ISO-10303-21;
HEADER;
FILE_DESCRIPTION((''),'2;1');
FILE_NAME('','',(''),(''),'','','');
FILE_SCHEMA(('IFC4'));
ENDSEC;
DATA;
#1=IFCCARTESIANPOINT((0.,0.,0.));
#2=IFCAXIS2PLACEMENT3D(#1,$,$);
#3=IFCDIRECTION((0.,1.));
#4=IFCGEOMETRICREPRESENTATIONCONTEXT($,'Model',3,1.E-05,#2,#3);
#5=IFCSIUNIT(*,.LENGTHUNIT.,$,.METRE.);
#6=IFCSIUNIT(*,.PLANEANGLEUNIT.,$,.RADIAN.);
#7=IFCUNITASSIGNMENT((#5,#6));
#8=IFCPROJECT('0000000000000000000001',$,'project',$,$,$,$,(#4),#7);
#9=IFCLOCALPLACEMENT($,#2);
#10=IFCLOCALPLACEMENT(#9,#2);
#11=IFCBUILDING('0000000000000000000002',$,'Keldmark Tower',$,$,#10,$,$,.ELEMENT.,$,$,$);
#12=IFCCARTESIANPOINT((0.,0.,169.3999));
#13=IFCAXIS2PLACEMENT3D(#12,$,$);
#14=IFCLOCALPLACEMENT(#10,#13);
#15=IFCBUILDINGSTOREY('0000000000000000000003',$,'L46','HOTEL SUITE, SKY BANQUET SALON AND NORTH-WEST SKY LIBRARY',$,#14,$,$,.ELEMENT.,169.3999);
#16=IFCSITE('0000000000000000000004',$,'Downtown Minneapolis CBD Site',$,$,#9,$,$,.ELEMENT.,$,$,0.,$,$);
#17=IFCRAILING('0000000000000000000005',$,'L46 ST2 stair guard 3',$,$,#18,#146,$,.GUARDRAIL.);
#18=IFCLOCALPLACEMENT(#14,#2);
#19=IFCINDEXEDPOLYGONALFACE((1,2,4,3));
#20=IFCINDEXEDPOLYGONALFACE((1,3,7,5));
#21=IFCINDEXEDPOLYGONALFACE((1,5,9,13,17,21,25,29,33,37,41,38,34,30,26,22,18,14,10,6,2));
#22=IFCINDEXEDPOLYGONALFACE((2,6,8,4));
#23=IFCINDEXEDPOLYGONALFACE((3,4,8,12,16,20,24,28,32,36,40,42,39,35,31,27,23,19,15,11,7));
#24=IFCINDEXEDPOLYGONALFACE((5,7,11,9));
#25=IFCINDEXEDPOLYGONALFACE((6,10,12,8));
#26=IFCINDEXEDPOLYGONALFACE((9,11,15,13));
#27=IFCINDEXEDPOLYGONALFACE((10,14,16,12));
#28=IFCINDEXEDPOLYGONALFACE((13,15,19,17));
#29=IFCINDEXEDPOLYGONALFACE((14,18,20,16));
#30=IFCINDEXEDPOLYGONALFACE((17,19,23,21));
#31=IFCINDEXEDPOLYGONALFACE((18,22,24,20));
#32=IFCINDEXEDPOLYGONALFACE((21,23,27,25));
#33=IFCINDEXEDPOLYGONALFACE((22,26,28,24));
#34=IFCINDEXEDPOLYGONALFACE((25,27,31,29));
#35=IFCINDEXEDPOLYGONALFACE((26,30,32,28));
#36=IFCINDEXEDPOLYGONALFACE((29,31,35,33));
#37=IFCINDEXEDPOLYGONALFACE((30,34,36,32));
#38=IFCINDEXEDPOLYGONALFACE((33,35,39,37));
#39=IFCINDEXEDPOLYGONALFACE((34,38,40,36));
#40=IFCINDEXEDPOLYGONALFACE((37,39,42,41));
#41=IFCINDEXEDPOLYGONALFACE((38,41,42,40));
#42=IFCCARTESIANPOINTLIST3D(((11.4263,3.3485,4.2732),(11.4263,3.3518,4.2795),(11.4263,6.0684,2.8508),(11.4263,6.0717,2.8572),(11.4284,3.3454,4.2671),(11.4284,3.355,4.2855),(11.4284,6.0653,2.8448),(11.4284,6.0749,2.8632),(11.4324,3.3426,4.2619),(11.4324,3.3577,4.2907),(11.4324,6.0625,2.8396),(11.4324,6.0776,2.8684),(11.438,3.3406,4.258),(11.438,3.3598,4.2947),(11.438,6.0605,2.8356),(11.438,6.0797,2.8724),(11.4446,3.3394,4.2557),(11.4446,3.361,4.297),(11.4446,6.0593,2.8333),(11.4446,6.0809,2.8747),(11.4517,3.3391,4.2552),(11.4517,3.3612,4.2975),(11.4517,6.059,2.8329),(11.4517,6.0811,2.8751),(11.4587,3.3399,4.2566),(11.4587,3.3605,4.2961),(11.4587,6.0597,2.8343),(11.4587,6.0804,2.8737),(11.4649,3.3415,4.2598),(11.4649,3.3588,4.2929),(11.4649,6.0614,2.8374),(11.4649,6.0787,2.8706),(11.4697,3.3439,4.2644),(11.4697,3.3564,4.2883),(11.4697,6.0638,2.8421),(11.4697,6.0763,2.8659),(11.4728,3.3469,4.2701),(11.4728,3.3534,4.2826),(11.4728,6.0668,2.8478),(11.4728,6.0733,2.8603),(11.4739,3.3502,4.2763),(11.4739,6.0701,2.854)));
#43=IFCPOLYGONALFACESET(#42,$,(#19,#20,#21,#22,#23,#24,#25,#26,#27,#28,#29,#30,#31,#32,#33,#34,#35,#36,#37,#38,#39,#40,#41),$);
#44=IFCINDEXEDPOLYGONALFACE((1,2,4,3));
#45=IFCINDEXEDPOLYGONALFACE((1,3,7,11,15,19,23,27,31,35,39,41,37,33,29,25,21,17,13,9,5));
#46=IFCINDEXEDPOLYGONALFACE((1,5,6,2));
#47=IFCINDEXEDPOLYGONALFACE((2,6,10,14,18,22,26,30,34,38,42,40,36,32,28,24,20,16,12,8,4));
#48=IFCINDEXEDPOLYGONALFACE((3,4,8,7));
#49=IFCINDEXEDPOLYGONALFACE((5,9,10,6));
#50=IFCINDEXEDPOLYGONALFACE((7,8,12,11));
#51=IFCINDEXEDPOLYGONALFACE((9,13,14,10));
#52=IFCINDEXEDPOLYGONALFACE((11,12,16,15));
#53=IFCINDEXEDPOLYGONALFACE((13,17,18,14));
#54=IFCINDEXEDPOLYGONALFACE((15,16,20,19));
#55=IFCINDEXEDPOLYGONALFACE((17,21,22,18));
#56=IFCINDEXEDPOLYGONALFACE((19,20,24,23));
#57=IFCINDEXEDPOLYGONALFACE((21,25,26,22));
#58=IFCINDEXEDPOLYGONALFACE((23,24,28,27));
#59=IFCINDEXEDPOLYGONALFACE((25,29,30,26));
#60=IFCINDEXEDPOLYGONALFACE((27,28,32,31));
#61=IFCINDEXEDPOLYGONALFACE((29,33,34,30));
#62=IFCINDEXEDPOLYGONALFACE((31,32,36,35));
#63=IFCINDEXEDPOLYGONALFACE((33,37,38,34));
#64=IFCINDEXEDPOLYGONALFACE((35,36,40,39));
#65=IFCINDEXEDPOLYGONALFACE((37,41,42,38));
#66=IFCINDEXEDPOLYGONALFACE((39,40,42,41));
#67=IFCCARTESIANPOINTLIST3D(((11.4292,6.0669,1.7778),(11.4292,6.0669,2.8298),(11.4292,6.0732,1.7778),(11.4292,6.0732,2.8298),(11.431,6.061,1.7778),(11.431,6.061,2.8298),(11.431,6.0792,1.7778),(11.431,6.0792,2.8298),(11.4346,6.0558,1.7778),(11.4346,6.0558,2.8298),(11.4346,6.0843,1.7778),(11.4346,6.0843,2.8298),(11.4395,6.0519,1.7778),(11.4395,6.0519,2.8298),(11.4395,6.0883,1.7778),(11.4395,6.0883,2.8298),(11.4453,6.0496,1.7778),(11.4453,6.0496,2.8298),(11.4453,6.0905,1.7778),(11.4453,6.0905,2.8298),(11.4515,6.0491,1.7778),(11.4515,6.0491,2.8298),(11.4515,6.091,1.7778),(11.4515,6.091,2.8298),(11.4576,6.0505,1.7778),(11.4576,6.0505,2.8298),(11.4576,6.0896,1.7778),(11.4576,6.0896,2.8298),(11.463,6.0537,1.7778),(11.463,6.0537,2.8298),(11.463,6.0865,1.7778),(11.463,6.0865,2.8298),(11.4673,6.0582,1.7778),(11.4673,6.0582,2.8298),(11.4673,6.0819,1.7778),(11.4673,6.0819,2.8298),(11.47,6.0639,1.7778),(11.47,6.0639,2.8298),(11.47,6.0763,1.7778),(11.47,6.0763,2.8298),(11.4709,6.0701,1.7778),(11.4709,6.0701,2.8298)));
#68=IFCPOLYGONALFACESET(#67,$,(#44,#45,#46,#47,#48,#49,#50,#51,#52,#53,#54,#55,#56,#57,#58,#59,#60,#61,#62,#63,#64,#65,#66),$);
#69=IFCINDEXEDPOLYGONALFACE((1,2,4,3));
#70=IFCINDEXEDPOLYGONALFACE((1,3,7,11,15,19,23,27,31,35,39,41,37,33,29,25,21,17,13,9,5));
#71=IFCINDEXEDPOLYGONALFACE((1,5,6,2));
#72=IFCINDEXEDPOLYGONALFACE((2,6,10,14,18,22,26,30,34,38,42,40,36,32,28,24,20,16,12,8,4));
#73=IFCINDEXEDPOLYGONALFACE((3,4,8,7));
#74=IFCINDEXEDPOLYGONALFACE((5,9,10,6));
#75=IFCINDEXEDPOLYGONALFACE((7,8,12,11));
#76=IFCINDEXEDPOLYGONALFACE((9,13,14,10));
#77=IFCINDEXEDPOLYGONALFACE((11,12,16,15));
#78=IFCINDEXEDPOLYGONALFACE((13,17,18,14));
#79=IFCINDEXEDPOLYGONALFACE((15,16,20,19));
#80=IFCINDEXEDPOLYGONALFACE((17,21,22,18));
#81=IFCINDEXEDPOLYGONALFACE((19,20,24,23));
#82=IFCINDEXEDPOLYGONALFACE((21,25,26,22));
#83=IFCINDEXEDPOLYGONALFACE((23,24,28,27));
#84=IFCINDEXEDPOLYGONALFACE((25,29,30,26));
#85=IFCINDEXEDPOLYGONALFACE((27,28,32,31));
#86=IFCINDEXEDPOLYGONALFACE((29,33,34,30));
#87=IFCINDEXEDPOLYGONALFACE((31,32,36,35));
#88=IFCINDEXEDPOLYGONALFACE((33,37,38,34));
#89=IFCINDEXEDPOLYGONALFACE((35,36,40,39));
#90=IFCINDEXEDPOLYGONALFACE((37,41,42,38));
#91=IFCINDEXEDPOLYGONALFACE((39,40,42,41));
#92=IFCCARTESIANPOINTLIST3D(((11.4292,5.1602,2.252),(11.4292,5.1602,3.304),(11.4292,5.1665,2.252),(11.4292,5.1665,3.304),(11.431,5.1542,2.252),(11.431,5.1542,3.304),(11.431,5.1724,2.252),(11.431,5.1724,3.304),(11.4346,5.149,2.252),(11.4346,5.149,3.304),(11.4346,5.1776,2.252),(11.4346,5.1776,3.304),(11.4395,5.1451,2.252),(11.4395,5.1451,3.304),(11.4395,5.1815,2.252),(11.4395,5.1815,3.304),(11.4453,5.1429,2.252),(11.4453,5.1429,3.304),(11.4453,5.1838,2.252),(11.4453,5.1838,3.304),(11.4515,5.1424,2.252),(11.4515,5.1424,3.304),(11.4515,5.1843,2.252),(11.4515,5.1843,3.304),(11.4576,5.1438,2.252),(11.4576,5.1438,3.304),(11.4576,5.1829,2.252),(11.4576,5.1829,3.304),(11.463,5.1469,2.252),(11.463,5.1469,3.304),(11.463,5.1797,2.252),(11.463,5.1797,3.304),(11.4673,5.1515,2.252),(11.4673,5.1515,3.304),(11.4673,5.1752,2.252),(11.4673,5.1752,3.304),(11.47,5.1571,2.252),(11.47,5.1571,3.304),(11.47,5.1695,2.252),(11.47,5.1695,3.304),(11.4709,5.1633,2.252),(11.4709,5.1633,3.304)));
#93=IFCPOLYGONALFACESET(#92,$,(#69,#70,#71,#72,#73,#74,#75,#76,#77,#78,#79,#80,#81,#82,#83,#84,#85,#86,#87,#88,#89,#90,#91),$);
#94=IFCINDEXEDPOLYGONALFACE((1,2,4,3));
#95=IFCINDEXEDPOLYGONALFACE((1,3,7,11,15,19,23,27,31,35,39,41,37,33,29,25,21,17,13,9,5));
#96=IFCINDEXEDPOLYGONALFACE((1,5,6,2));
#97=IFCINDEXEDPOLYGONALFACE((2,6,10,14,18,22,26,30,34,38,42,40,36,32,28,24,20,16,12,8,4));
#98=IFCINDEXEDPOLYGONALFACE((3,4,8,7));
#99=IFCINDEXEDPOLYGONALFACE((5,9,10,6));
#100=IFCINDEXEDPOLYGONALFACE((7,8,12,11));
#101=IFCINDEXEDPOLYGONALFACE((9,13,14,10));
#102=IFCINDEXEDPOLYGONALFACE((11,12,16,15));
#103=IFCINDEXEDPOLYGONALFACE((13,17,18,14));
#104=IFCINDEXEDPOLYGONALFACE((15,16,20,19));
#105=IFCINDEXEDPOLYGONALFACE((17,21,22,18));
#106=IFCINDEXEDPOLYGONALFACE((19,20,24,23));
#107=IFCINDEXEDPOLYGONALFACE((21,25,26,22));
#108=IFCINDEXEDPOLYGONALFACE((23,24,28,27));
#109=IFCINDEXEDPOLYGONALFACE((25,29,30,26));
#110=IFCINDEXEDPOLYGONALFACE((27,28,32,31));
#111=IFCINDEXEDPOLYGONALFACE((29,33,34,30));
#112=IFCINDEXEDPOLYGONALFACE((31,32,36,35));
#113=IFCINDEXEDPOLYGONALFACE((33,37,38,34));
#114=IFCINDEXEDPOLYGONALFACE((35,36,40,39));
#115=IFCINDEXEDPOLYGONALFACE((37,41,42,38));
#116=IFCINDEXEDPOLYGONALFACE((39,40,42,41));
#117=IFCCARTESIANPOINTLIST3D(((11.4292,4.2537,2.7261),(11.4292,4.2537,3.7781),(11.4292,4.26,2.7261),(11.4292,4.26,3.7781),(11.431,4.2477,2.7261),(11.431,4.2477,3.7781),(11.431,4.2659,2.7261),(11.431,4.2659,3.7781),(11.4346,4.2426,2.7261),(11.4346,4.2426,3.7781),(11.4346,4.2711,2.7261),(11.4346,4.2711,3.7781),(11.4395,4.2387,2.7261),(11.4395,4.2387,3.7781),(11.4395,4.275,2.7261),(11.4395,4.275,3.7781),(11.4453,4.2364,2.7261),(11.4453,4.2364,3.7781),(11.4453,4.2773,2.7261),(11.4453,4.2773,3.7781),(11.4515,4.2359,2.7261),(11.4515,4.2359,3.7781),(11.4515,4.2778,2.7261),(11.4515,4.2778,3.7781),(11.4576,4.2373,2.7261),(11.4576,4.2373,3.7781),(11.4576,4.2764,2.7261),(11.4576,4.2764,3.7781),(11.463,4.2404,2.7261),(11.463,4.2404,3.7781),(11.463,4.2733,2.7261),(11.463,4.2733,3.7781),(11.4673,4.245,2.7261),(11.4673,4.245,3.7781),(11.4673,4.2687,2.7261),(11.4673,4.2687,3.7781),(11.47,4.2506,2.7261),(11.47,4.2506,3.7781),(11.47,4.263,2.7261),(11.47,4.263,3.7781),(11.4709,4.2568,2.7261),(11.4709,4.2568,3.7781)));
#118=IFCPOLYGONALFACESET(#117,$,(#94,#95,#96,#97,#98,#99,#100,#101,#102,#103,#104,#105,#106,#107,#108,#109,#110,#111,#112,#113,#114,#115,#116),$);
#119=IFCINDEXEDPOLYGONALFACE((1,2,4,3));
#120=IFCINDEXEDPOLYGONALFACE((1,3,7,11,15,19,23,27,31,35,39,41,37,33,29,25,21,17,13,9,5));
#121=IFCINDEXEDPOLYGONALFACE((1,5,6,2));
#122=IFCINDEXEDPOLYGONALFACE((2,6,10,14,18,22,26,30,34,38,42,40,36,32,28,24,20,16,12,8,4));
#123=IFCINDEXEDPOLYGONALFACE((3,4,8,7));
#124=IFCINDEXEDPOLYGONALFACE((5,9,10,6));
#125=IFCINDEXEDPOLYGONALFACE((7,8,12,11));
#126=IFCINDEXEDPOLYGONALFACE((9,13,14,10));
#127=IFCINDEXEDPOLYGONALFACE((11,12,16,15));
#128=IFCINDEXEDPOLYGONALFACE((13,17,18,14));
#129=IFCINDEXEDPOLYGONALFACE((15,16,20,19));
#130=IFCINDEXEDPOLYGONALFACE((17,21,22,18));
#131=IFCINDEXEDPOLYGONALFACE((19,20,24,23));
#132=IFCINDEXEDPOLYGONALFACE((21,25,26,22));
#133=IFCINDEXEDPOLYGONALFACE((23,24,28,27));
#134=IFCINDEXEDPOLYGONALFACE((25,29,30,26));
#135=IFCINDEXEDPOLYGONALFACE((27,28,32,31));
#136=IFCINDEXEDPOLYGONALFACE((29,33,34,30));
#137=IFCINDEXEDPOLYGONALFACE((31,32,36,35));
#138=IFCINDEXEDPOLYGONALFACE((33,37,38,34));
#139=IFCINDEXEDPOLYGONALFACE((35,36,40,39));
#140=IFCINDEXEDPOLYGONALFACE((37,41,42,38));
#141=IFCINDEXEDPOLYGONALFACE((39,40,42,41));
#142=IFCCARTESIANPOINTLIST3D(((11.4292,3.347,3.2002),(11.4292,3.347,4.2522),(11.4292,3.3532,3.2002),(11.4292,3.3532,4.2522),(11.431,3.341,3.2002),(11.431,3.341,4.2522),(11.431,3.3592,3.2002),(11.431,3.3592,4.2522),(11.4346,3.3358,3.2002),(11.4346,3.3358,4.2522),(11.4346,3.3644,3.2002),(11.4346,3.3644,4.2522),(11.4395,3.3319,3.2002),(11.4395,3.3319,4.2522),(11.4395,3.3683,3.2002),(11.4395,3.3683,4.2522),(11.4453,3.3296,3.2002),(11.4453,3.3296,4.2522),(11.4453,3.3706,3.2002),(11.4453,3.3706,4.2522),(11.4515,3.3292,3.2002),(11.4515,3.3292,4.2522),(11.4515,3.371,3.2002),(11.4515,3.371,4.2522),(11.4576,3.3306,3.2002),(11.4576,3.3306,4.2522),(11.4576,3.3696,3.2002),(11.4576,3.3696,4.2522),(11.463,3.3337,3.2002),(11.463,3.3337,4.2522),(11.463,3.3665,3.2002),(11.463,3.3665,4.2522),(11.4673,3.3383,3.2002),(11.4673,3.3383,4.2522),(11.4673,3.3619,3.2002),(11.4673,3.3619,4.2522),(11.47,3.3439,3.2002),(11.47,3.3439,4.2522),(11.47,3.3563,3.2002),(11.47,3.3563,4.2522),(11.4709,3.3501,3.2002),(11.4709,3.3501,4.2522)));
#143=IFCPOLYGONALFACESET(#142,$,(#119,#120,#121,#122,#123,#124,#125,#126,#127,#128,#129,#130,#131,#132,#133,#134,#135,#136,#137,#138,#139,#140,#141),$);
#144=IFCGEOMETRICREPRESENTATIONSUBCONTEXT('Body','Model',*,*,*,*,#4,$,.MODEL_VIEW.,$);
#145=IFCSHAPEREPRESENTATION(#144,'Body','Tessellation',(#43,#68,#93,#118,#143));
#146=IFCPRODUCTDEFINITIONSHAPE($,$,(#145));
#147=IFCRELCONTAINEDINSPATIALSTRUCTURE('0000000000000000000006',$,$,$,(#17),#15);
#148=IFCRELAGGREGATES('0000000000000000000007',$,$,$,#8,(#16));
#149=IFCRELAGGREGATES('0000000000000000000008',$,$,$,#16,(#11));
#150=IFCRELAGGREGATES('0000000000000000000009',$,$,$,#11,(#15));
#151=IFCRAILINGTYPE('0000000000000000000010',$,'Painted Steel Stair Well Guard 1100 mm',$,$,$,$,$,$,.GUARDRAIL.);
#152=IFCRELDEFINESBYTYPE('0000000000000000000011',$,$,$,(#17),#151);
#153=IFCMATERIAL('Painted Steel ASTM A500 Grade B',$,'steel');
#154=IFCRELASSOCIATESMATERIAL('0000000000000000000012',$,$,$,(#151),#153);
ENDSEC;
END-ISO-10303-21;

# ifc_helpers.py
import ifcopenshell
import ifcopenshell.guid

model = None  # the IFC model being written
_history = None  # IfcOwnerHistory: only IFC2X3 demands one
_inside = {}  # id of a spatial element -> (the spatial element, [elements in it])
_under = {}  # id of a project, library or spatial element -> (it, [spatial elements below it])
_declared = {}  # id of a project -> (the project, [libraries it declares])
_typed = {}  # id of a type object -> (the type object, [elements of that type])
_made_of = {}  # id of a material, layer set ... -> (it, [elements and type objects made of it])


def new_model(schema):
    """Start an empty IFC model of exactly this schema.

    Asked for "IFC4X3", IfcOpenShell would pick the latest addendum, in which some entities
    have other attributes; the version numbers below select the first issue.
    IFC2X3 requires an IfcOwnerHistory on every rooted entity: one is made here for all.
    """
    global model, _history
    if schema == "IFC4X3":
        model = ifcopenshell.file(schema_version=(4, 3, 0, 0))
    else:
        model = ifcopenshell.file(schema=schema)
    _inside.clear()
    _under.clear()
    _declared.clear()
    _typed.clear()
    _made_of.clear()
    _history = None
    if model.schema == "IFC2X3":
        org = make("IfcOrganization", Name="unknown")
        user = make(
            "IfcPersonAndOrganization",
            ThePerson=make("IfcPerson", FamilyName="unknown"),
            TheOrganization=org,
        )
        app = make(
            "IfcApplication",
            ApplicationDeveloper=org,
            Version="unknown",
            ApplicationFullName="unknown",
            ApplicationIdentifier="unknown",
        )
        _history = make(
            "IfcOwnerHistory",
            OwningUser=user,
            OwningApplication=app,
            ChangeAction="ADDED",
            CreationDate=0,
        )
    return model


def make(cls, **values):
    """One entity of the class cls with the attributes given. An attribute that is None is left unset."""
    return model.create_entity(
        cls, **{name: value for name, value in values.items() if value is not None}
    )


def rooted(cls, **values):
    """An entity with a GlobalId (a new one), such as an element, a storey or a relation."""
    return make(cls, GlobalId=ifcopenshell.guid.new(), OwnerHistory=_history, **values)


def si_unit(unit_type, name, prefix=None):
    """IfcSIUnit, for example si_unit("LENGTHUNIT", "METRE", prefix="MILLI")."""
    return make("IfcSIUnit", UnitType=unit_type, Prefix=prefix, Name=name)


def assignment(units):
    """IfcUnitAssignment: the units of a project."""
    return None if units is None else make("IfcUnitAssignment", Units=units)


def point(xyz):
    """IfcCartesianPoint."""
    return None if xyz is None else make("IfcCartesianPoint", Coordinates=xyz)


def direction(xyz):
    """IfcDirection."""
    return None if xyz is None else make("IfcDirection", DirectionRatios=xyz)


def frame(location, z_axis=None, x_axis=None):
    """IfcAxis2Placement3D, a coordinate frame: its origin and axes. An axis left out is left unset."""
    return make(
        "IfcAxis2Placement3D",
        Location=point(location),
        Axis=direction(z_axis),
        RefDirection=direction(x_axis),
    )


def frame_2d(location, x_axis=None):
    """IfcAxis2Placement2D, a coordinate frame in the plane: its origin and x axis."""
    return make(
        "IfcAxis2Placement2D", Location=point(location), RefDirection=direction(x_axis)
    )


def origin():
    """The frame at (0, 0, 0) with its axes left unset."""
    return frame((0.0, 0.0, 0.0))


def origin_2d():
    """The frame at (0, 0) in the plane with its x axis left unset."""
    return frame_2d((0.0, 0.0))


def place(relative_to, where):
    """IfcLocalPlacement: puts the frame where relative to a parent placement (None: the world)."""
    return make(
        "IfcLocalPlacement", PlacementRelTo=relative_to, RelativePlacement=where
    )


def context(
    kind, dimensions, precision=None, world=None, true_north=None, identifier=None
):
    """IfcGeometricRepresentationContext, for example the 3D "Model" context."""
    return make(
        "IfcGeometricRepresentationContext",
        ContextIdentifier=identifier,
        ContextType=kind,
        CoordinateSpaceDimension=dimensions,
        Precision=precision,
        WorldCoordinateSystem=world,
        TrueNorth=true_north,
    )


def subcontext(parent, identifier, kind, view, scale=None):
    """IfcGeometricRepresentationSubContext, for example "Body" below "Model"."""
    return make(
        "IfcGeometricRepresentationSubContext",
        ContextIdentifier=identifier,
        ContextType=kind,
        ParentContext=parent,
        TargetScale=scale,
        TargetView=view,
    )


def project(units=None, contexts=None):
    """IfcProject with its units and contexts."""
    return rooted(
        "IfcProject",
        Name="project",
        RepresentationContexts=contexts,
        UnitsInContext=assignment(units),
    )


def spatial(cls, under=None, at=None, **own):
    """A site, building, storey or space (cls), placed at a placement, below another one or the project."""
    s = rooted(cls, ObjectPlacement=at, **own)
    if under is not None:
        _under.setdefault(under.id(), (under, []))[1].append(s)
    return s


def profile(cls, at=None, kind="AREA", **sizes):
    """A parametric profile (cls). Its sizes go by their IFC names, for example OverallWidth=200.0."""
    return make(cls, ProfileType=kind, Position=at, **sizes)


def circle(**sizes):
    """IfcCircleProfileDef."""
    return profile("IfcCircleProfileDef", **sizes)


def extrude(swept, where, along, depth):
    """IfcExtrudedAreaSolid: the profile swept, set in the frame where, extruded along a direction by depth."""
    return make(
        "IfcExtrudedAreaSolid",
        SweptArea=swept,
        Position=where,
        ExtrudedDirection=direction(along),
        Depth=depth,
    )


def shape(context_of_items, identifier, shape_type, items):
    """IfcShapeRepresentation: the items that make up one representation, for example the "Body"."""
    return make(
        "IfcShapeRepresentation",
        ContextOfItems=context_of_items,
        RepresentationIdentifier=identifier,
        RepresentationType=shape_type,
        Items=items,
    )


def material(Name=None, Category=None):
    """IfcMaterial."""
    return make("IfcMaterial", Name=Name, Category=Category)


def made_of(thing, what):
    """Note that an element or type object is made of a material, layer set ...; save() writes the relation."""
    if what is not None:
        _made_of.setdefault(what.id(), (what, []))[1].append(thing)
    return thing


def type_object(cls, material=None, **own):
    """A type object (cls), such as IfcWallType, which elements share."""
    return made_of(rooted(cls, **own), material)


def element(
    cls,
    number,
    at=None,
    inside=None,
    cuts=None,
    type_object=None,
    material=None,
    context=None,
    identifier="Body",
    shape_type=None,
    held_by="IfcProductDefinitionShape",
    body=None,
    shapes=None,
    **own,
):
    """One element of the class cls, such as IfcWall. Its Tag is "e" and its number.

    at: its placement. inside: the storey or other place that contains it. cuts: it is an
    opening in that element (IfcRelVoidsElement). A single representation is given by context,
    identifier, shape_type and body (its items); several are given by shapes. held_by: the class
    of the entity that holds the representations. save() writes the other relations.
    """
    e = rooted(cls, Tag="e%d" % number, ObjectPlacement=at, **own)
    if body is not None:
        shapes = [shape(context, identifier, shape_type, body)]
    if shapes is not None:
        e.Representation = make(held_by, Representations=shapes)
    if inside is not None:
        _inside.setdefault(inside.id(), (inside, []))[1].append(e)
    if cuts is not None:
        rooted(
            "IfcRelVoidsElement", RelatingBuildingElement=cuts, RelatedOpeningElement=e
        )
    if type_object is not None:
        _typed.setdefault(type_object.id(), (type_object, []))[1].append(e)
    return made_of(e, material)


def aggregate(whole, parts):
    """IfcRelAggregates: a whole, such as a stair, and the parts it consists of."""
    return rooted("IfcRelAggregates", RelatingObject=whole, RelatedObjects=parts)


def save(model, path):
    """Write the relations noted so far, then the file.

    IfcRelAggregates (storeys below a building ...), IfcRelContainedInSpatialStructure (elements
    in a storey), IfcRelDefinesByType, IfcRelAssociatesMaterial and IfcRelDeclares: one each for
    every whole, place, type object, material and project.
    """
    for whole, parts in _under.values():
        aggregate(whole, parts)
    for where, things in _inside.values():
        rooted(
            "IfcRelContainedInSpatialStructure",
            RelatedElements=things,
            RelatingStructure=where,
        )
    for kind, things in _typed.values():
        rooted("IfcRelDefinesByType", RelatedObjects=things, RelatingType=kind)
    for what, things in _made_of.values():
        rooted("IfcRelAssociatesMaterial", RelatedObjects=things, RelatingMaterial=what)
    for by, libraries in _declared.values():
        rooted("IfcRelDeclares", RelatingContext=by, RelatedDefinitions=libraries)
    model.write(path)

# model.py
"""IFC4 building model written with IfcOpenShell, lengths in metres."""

from ifc_helpers import new_model, si_unit, direction, frame, origin, origin_2d, place, context, subcontext, project, spatial, circle, extrude, material, type_object, element, save


model = new_model("IFC4")

# Units and contexts
model_context = context("Model", 3, precision=1e-05, world=origin(), true_north=direction((0.0, 1.0)))
body_context = subcontext(model_context, "Body", "Model", "MODEL_VIEW")
ifc_project = project(units=[si_unit("LENGTHUNIT", "METRE"), si_unit("PLANEANGLEUNIT", "RADIAN")], contexts=[model_context])

# Site, building, storey
site_placement = place(None, origin())
site = spatial("IfcSite", under=ifc_project, at=site_placement, Name="Downtown Minneapolis CBD Site", CompositionType="ELEMENT", RefElevation=0.0)
building_placement = place(site_placement, origin())
building = spatial("IfcBuilding", under=site, at=building_placement, Name="Keldmark Tower", CompositionType="ELEMENT")
storey_placement = place(building_placement, frame((0.0, 0.0, 169.3999)))
storey = spatial("IfcBuildingStorey", under=building, at=storey_placement, Name="L46", Description="HOTEL SUITE, SKY BANQUET SALON AND NORTH-WEST SKY LIBRARY", CompositionType="ELEMENT", Elevation=169.3999)

# Railing
ifc_material_1 = material(Name="Painted Steel ASTM A500 Grade B", Category="steel")
railing_type_1 = type_object("IfcRailingType", Name="Painted Steel Stair Well Guard 1100 mm", PredefinedType="GUARDRAIL", material=ifc_material_1)
railing_1_placement = place(storey_placement, frame((11.45, 6.0701, 1.7778)))
element("IfcRailing", 1, at=railing_1_placement, inside=storey, type_object=railing_type_1, Name="L46 ST2 stair guard 3", PredefinedType="GUARDRAIL", context=body_context, shape_type="SweptSolid", body=[
    extrude(circle(Radius=0.0239, at=origin_2d()), frame((0.0, 0.0, 1.0762), z_axis=(0.0, -0.88615, 0.463398), x_axis=(1.0, 0.0, 0.0)), (0.0, 0.0, 1.0), 3.0693),
    extrude(circle(Radius=0.021, at=origin_2d()), origin(), (0.0, 0.0, 1.0), 1.052),
    extrude(circle(Radius=0.021, at=origin_2d()), frame((0.0, -0.9067, 0.4741)), (0.0, 0.0, 1.0), 1.052),
    extrude(circle(Radius=0.021, at=origin_2d()), frame((0.0, -1.8132, 0.9482)), (0.0, 0.0, 1.0), 1.052),
    extrude(circle(Radius=0.021, at=origin_2d()), frame((0.0, -2.72, 1.4224)), (0.0, 0.0, 1.0), 1.052),
])

save(model, "model.ifc")
